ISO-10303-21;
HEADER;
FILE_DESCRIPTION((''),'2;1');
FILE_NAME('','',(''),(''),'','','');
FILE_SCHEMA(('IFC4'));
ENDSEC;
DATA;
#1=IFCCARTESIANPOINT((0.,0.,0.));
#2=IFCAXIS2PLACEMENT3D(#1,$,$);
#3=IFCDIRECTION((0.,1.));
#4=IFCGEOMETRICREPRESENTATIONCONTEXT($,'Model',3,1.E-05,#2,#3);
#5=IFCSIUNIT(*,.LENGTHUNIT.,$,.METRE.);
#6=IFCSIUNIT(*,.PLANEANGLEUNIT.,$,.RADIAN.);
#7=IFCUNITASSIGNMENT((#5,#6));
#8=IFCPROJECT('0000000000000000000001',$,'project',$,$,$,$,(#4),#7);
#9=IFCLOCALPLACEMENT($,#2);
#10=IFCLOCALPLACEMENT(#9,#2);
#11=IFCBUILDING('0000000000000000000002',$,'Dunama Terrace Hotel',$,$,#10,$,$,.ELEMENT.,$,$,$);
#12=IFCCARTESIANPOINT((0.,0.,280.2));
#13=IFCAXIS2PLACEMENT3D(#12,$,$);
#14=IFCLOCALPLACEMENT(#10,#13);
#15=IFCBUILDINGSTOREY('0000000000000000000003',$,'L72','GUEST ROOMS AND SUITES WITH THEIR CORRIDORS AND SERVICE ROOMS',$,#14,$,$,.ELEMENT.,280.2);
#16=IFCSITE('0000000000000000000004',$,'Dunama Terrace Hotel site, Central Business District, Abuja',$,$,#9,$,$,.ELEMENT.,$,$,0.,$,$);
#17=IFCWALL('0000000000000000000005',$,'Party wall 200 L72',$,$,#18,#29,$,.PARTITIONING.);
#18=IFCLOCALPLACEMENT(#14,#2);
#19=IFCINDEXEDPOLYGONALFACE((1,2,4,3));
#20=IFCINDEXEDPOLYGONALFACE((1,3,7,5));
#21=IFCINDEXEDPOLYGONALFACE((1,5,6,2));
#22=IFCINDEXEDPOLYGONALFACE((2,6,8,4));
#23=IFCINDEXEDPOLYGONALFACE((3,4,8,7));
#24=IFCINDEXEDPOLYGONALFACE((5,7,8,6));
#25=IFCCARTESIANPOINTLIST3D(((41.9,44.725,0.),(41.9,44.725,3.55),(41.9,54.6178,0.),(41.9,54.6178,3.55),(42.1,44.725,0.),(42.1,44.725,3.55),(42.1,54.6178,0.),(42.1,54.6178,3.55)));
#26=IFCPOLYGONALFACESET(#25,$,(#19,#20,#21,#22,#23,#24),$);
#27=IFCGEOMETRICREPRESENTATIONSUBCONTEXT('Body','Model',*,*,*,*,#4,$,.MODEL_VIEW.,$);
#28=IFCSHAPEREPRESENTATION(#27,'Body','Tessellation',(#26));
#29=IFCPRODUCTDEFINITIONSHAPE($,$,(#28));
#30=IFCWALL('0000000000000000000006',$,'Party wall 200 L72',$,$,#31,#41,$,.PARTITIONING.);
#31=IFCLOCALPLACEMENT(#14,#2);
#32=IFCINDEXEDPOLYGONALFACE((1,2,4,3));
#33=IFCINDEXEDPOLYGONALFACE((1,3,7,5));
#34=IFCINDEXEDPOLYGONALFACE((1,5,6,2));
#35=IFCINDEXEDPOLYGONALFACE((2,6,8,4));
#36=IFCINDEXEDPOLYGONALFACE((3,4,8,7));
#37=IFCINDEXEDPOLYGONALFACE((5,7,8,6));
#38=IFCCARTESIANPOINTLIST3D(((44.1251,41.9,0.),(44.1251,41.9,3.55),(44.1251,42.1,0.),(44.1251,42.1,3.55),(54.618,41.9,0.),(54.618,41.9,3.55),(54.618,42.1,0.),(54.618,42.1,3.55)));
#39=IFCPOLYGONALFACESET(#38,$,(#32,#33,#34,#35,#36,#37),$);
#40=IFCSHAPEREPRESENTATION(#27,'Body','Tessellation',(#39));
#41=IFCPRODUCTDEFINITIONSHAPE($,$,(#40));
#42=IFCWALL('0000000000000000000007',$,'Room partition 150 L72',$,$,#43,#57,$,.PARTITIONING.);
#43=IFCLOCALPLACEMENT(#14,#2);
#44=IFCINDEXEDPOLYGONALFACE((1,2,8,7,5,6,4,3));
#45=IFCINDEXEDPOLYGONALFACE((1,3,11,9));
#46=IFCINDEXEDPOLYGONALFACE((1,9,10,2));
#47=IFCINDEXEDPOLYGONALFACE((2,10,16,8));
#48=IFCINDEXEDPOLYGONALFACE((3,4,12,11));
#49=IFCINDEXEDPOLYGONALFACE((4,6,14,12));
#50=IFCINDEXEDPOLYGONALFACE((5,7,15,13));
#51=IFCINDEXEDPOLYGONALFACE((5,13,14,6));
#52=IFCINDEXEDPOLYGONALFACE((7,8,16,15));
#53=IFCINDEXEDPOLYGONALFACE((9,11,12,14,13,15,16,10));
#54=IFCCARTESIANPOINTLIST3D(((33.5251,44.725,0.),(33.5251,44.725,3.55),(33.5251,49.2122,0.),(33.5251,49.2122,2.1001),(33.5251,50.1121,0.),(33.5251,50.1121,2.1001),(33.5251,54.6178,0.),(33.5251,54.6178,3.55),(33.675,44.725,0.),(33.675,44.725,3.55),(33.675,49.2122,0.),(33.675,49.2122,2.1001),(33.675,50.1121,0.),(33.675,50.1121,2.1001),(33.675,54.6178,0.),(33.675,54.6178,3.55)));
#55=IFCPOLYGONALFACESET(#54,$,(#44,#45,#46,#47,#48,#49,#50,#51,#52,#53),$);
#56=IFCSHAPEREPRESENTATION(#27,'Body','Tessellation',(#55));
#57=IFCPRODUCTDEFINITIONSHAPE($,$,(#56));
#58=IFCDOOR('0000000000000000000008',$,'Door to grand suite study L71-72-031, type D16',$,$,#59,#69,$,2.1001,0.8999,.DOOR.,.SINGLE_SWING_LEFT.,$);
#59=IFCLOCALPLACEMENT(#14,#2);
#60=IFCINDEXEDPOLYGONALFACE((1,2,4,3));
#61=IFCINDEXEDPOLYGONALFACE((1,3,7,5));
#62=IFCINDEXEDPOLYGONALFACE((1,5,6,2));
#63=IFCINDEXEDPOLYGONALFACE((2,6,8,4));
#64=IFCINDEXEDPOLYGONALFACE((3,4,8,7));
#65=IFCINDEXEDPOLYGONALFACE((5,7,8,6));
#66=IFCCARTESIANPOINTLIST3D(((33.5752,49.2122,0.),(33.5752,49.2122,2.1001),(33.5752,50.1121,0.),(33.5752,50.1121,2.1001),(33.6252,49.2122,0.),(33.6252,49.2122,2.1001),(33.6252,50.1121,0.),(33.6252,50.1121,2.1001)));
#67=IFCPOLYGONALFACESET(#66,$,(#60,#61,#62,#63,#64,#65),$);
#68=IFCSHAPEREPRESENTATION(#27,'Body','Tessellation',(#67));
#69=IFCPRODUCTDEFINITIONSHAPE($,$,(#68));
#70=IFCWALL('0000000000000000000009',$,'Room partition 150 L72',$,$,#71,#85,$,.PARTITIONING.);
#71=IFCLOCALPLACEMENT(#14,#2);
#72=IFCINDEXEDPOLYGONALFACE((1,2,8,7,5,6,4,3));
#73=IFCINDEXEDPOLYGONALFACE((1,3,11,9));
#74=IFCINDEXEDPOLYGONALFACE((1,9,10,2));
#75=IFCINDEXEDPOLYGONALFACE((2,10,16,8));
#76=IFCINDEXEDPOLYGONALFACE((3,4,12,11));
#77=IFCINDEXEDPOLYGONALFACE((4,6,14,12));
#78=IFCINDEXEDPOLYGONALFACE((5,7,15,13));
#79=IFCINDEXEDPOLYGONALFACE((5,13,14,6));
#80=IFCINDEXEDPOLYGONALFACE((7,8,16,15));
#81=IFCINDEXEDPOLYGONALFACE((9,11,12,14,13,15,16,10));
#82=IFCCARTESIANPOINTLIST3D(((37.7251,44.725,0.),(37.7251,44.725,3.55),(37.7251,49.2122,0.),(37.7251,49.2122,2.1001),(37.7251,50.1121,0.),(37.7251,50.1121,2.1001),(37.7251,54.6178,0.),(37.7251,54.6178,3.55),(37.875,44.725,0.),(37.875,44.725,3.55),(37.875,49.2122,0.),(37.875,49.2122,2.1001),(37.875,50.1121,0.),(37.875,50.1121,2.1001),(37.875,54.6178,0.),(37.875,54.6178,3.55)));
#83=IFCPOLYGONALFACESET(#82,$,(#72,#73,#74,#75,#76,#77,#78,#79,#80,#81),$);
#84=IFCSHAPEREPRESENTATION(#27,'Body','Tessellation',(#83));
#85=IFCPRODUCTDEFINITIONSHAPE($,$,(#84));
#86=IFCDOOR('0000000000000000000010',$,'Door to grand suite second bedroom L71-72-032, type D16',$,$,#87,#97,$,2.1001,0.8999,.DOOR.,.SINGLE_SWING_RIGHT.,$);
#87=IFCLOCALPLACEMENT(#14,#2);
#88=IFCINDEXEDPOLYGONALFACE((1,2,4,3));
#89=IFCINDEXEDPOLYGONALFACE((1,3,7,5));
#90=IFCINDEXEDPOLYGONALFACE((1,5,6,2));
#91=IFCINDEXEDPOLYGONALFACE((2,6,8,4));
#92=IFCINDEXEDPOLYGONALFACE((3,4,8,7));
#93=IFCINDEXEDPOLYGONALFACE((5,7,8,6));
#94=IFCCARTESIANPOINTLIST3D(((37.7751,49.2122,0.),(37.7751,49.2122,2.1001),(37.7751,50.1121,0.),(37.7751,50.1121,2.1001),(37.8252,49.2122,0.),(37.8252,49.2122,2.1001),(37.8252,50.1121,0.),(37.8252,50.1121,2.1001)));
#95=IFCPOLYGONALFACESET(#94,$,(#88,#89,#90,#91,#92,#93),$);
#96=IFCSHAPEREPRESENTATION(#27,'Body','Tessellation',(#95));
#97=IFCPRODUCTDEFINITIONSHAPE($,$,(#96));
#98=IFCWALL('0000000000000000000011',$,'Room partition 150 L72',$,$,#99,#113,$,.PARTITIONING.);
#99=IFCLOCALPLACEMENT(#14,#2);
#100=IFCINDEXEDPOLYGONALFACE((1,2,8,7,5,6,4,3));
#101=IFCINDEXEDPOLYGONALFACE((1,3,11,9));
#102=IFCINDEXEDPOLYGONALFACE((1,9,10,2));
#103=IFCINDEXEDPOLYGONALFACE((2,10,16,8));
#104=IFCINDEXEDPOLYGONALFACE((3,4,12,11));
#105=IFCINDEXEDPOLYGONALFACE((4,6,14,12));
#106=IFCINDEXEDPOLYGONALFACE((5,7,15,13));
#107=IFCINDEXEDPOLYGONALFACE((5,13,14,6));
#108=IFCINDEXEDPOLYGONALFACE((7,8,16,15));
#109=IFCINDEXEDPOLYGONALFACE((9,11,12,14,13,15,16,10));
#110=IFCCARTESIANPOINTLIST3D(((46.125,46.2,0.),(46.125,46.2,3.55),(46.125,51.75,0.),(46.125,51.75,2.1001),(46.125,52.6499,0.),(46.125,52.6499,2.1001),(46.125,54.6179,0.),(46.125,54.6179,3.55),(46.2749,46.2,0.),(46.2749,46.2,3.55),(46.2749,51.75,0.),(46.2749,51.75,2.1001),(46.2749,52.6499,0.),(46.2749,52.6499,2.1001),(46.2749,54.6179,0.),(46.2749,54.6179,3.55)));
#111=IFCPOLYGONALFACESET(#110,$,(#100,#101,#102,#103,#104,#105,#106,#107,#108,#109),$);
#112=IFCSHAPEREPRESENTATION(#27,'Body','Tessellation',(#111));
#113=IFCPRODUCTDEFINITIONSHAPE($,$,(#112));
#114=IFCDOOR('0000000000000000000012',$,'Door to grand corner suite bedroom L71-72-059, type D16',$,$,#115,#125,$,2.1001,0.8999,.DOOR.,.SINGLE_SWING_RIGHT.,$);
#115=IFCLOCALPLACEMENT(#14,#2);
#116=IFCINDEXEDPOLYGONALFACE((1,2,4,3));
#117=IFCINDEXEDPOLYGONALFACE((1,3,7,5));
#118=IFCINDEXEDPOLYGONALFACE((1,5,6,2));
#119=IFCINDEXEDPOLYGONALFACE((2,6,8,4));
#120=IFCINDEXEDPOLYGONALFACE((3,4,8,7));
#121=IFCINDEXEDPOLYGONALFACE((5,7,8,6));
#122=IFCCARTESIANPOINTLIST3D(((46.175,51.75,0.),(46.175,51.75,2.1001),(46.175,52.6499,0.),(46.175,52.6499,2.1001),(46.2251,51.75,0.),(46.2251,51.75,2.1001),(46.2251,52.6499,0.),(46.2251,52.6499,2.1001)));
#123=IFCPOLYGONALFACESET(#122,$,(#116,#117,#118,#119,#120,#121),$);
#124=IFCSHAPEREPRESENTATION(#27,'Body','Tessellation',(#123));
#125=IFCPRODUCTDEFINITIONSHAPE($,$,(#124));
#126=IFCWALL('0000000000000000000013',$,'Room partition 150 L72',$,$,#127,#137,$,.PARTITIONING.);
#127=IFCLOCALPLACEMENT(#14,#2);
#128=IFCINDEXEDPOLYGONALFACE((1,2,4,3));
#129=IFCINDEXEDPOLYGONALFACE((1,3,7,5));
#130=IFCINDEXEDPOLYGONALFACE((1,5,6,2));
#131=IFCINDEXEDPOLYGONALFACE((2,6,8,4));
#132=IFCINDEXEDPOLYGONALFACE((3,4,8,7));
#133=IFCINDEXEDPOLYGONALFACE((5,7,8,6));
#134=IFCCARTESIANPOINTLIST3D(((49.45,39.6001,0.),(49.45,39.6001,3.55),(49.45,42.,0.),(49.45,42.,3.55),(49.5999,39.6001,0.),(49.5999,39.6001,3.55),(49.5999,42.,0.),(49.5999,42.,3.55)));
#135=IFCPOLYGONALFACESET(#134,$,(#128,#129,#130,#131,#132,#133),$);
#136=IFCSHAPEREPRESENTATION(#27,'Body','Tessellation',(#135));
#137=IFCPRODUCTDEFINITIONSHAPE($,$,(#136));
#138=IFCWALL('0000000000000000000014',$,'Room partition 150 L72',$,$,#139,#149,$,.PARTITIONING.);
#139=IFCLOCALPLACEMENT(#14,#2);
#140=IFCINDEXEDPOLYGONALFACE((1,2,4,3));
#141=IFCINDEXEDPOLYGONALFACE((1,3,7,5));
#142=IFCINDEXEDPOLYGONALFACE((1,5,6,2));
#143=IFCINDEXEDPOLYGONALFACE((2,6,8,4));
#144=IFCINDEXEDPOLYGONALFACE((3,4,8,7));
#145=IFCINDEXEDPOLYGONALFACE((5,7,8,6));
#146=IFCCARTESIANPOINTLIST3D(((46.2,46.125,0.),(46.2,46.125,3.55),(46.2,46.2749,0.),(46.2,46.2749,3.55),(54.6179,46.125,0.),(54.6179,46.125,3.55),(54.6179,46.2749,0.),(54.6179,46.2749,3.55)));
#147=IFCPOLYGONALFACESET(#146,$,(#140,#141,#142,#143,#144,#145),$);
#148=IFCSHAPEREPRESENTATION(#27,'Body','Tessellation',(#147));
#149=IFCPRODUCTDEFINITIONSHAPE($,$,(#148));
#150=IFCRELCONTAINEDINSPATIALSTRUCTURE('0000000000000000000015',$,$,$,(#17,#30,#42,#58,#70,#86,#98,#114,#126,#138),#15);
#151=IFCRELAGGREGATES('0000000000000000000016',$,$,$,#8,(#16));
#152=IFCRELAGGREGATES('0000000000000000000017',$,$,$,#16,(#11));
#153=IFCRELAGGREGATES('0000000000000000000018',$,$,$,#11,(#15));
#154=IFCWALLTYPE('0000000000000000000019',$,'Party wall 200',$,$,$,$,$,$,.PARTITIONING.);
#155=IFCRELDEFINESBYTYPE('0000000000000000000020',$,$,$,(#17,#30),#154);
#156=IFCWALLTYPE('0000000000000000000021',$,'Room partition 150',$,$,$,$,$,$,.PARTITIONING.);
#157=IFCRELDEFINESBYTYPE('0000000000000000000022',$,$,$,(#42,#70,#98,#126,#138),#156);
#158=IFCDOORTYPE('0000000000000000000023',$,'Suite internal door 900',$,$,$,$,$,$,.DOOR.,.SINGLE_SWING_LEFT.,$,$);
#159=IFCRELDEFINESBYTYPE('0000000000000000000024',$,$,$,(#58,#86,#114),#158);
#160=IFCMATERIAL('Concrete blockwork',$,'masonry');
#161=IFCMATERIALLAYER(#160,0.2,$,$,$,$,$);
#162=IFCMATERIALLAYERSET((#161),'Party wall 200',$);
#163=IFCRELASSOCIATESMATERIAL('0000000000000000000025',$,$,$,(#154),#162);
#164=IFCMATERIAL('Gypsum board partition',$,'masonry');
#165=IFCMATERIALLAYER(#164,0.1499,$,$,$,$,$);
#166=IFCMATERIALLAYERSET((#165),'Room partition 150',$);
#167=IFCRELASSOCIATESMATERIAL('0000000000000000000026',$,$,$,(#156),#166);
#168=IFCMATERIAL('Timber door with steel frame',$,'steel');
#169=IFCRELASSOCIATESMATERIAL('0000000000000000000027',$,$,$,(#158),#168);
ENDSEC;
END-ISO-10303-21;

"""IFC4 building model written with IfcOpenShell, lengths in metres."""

from ifc_helpers import new_model, si_unit, direction, frame, frame_2d, origin, place, context, subcontext, project, spatial, rectangle, extrude, material, layer, layer_set, type_object, element, fill, save


model = new_model("IFC4")

# Units and contexts
model_context = context("Model", 3, precision=1e-05, world=origin(), true_north=direction((0.0, 1.0)))
body_context = subcontext(model_context, "Body", "Model", "MODEL_VIEW")
ifc_project = project(units=[si_unit("LENGTHUNIT", "METRE"), si_unit("PLANEANGLEUNIT", "RADIAN")], contexts=[model_context])

# Site, building, storey
site_placement = place(None, origin())
site = spatial("IfcSite", under=ifc_project, at=site_placement, Name="Dunama Terrace Hotel site, Central Business District, Abuja", CompositionType="ELEMENT", RefElevation=0.0)
building_placement = place(site_placement, origin())
building = spatial("IfcBuilding", under=site, at=building_placement, Name="Dunama Terrace Hotel", CompositionType="ELEMENT")
storey_placement = place(building_placement, frame((0.0, 0.0, 280.2)))
storey = spatial("IfcBuildingStorey", under=building, at=storey_placement, Name="L72", Description="GUEST ROOMS AND SUITES WITH THEIR CORRIDORS AND SERVICE ROOMS", CompositionType="ELEMENT", Elevation=280.2)

# Walls
ifc_material_1 = material(Name="Concrete blockwork", Category="masonry")
ifc_layer_1 = layer(ifc_material_1, 0.2)
ifc_layer_set_1 = layer_set([ifc_layer_1], Name="Party wall 200")
wall_type_1 = type_object("IfcWallType", Name="Party wall 200", PredefinedType="PARTITIONING", material=ifc_layer_set_1)
wall_1_placement = place(storey_placement, frame((42.0, 44.7251, 0.0), z_axis=(0.0, 0.0, 1.0), x_axis=(0.0, 1.0, 0.0)))
element("IfcWall", 1, at=wall_1_placement, inside=storey, type_object=wall_type_1, Name="Party wall 200 L72", PredefinedType="PARTITIONING", context=body_context, shape_type="SweptSolid", body=[
    extrude(rectangle(XDim=9.8928, YDim=0.2, at=frame_2d((4.9463, 0.0))), origin(), (0.0, 0.0, 1.0), 3.55),
])
wall_2_placement = place(storey_placement, frame((44.125, 42.0, 0.0), z_axis=(0.0, 0.0, 1.0), x_axis=(1.0, 0.0, 0.0)))
element("IfcWall", 2, at=wall_2_placement, inside=storey, type_object=wall_type_1, Name="Party wall 200 L72", PredefinedType="PARTITIONING", context=body_context, shape_type="SweptSolid", body=[
    extrude(rectangle(XDim=10.4929, YDim=0.2, at=frame_2d((5.2466, 0.0))), origin(), (0.0, 0.0, 1.0), 3.55),
])

# Walls, openings, doors
ifc_material_2 = material(Name="Gypsum board partition", Category="masonry")
ifc_layer_2 = layer(ifc_material_2, 0.1499)
ifc_layer_set_2 = layer_set([ifc_layer_2], Name="Room partition 150")
wall_type_2 = type_object("IfcWallType", Name="Room partition 150", PredefinedType="PARTITIONING", material=ifc_layer_set_2)
wall_3_placement = place(storey_placement, frame((33.6001, 44.7251, 0.0), z_axis=(0.0, 0.0, 1.0), x_axis=(0.0, 1.0, 0.0)))
wall_3 = element("IfcWall", 3, at=wall_3_placement, inside=storey, type_object=wall_type_2, Name="Room partition 150 L72", PredefinedType="PARTITIONING", context=body_context, shape_type="SweptSolid", body=[
    extrude(rectangle(XDim=9.8928, YDim=0.1499, at=frame_2d((4.9463, 0.0))), origin(), (0.0, 0.0, 1.0), 3.55),
])
opening_1_placement = place(wall_3_placement, frame((4.4871, 0.0, 0.0)))
opening_1 = element("IfcOpeningElement", 4, at=opening_1_placement, cuts=wall_3, PredefinedType="OPENING", context=body_context, shape_type="SweptSolid", body=[
    extrude(rectangle(XDim=0.8999, YDim=2.1001, at=frame_2d((0.45, 1.05))), frame((0.0, 0.085, 0.0), z_axis=(0.0, -1.0, 0.0), x_axis=(1.0, 0.0, 0.0)), (0.0, 0.0, 1.0), 0.1699),
])
ifc_material_3 = material(Name="Timber door with steel frame", Category="steel")
door_type_1 = type_object("IfcDoorType", Name="Suite internal door 900", OperationType="SINGLE_SWING_LEFT", PredefinedType="DOOR", material=ifc_material_3)
door_1_placement = place(opening_1_placement, origin())
door_1 = element("IfcDoor", 5, at=door_1_placement, inside=storey, type_object=door_type_1, Name="Door to grand suite study L71-72-031, type D16", OperationType="SINGLE_SWING_LEFT", OverallHeight=2.1001, OverallWidth=0.8999, PredefinedType="DOOR", context=body_context, shape_type="SweptSolid", body=[
    extrude(rectangle(XDim=0.8999, YDim=2.1001, at=frame_2d((0.45, 1.05))), frame((0.0, 0.0249, 0.0), z_axis=(0.0, -1.0, 0.0), x_axis=(1.0, 0.0, 0.0)), (0.0, 0.0, 1.0), 0.05),
])
fill(opening_1, door_1)
wall_4_placement = place(storey_placement, frame((37.8, 44.7251, 0.0), z_axis=(0.0, 0.0, 1.0), x_axis=(0.0, 1.0, 0.0)))
wall_4 = element("IfcWall", 6, at=wall_4_placement, inside=storey, type_object=wall_type_2, Name="Room partition 150 L72", PredefinedType="PARTITIONING", context=body_context, shape_type="SweptSolid", body=[
    extrude(rectangle(XDim=9.8928, YDim=0.1499, at=frame_2d((4.9463, 0.0))), origin(), (0.0, 0.0, 1.0), 3.55),
])
opening_2_placement = place(wall_4_placement, frame((4.4871, 0.0, 0.0)))
opening_2 = element("IfcOpeningElement", 7, at=opening_2_placement, cuts=wall_4, PredefinedType="OPENING", context=body_context, shape_type="SweptSolid", body=[
    extrude(rectangle(XDim=0.8999, YDim=2.1001, at=frame_2d((0.45, 1.05))), frame((0.0, 0.085, 0.0), z_axis=(0.0, -1.0, 0.0), x_axis=(1.0, 0.0, 0.0)), (0.0, 0.0, 1.0), 0.1699),
])
door_2_placement = place(opening_2_placement, frame((0.8999, 0.0, 0.0), z_axis=(0.0, 0.0, 1.0), x_axis=(-1.0, 0.0, 0.0)))
door_2 = element("IfcDoor", 8, at=door_2_placement, inside=storey, type_object=door_type_1, Name="Door to grand suite second bedroom L71-72-032, type D16", OperationType="SINGLE_SWING_RIGHT", OverallHeight=2.1001, OverallWidth=0.8999, PredefinedType="DOOR", context=body_context, shape_type="SweptSolid", body=[
    extrude(rectangle(XDim=0.8999, YDim=2.1001, at=frame_2d((0.45, 1.05))), frame((0.0, 0.0251, 0.0), z_axis=(0.0, -1.0, 0.0), x_axis=(1.0, 0.0, 0.0)), (0.0, 0.0, 1.0), 0.05),
])
fill(opening_2, door_2)
wall_5_placement = place(storey_placement, frame((46.2, 46.2, 0.0), z_axis=(0.0, 0.0, 1.0), x_axis=(0.0, 1.0, 0.0)))
wall_5 = element("IfcWall", 9, at=wall_5_placement, inside=storey, type_object=wall_type_2, Name="Room partition 150 L72", PredefinedType="PARTITIONING", context=body_context, shape_type="SweptSolid", body=[
    extrude(rectangle(XDim=8.418, YDim=0.1499, at=frame_2d((4.209, 0.0))), origin(), (0.0, 0.0, 1.0), 3.55),
])
opening_3_placement = place(wall_5_placement, frame((5.55, 0.0, 0.0)))
opening_3 = element("IfcOpeningElement", 10, at=opening_3_placement, cuts=wall_5, PredefinedType="OPENING", context=body_context, shape_type="SweptSolid", body=[
    extrude(rectangle(XDim=0.8999, YDim=2.1001, at=frame_2d((0.45, 1.05))), frame((0.0, 0.085, 0.0), z_axis=(0.0, -1.0, 0.0), x_axis=(1.0, 0.0, 0.0)), (0.0, 0.0, 1.0), 0.1699),
])
door_3_placement = place(opening_3_placement, frame((0.8999, 0.0, 0.0), z_axis=(0.0, 0.0, 1.0), x_axis=(-1.0, 0.0, 0.0)))
door_3 = element("IfcDoor", 11, at=door_3_placement, inside=storey, type_object=door_type_1, Name="Door to grand corner suite bedroom L71-72-059, type D16", OperationType="SINGLE_SWING_RIGHT", OverallHeight=2.1001, OverallWidth=0.8999, PredefinedType="DOOR", context=body_context, shape_type="SweptSolid", body=[
    extrude(rectangle(XDim=0.8999, YDim=2.1001, at=frame_2d((0.45, 1.05))), frame((0.0, 0.0251, 0.0), z_axis=(0.0, -1.0, 0.0), x_axis=(1.0, 0.0, 0.0)), (0.0, 0.0, 1.0), 0.05),
])
fill(opening_3, door_3)

# Walls
wall_6_placement = place(storey_placement, frame((49.5249, 39.6001, 0.0), z_axis=(0.0, 0.0, 1.0), x_axis=(0.0, 1.0, 0.0)))
element("IfcWall", 12, at=wall_6_placement, inside=storey, type_object=wall_type_2, Name="Room partition 150 L72", PredefinedType="PARTITIONING", context=body_context, shape_type="SweptSolid", body=[
    extrude(rectangle(XDim=2.3999, YDim=0.1499, at=frame_2d((1.2, 0.0))), origin(), (0.0, 0.0, 1.0), 3.55),
])
wall_7_placement = place(storey_placement, frame((46.2, 46.2, 0.0), z_axis=(0.0, 0.0, 1.0), x_axis=(1.0, 0.0, 0.0)))
element("IfcWall", 13, at=wall_7_placement, inside=storey, type_object=wall_type_2, Name="Room partition 150 L72", PredefinedType="PARTITIONING", context=body_context, shape_type="SweptSolid", body=[
    extrude(rectangle(XDim=8.418, YDim=0.1499, at=frame_2d((4.209, 0.0))), origin(), (0.0, 0.0, 1.0), 3.55),
])

save(model, "model.ifc")
